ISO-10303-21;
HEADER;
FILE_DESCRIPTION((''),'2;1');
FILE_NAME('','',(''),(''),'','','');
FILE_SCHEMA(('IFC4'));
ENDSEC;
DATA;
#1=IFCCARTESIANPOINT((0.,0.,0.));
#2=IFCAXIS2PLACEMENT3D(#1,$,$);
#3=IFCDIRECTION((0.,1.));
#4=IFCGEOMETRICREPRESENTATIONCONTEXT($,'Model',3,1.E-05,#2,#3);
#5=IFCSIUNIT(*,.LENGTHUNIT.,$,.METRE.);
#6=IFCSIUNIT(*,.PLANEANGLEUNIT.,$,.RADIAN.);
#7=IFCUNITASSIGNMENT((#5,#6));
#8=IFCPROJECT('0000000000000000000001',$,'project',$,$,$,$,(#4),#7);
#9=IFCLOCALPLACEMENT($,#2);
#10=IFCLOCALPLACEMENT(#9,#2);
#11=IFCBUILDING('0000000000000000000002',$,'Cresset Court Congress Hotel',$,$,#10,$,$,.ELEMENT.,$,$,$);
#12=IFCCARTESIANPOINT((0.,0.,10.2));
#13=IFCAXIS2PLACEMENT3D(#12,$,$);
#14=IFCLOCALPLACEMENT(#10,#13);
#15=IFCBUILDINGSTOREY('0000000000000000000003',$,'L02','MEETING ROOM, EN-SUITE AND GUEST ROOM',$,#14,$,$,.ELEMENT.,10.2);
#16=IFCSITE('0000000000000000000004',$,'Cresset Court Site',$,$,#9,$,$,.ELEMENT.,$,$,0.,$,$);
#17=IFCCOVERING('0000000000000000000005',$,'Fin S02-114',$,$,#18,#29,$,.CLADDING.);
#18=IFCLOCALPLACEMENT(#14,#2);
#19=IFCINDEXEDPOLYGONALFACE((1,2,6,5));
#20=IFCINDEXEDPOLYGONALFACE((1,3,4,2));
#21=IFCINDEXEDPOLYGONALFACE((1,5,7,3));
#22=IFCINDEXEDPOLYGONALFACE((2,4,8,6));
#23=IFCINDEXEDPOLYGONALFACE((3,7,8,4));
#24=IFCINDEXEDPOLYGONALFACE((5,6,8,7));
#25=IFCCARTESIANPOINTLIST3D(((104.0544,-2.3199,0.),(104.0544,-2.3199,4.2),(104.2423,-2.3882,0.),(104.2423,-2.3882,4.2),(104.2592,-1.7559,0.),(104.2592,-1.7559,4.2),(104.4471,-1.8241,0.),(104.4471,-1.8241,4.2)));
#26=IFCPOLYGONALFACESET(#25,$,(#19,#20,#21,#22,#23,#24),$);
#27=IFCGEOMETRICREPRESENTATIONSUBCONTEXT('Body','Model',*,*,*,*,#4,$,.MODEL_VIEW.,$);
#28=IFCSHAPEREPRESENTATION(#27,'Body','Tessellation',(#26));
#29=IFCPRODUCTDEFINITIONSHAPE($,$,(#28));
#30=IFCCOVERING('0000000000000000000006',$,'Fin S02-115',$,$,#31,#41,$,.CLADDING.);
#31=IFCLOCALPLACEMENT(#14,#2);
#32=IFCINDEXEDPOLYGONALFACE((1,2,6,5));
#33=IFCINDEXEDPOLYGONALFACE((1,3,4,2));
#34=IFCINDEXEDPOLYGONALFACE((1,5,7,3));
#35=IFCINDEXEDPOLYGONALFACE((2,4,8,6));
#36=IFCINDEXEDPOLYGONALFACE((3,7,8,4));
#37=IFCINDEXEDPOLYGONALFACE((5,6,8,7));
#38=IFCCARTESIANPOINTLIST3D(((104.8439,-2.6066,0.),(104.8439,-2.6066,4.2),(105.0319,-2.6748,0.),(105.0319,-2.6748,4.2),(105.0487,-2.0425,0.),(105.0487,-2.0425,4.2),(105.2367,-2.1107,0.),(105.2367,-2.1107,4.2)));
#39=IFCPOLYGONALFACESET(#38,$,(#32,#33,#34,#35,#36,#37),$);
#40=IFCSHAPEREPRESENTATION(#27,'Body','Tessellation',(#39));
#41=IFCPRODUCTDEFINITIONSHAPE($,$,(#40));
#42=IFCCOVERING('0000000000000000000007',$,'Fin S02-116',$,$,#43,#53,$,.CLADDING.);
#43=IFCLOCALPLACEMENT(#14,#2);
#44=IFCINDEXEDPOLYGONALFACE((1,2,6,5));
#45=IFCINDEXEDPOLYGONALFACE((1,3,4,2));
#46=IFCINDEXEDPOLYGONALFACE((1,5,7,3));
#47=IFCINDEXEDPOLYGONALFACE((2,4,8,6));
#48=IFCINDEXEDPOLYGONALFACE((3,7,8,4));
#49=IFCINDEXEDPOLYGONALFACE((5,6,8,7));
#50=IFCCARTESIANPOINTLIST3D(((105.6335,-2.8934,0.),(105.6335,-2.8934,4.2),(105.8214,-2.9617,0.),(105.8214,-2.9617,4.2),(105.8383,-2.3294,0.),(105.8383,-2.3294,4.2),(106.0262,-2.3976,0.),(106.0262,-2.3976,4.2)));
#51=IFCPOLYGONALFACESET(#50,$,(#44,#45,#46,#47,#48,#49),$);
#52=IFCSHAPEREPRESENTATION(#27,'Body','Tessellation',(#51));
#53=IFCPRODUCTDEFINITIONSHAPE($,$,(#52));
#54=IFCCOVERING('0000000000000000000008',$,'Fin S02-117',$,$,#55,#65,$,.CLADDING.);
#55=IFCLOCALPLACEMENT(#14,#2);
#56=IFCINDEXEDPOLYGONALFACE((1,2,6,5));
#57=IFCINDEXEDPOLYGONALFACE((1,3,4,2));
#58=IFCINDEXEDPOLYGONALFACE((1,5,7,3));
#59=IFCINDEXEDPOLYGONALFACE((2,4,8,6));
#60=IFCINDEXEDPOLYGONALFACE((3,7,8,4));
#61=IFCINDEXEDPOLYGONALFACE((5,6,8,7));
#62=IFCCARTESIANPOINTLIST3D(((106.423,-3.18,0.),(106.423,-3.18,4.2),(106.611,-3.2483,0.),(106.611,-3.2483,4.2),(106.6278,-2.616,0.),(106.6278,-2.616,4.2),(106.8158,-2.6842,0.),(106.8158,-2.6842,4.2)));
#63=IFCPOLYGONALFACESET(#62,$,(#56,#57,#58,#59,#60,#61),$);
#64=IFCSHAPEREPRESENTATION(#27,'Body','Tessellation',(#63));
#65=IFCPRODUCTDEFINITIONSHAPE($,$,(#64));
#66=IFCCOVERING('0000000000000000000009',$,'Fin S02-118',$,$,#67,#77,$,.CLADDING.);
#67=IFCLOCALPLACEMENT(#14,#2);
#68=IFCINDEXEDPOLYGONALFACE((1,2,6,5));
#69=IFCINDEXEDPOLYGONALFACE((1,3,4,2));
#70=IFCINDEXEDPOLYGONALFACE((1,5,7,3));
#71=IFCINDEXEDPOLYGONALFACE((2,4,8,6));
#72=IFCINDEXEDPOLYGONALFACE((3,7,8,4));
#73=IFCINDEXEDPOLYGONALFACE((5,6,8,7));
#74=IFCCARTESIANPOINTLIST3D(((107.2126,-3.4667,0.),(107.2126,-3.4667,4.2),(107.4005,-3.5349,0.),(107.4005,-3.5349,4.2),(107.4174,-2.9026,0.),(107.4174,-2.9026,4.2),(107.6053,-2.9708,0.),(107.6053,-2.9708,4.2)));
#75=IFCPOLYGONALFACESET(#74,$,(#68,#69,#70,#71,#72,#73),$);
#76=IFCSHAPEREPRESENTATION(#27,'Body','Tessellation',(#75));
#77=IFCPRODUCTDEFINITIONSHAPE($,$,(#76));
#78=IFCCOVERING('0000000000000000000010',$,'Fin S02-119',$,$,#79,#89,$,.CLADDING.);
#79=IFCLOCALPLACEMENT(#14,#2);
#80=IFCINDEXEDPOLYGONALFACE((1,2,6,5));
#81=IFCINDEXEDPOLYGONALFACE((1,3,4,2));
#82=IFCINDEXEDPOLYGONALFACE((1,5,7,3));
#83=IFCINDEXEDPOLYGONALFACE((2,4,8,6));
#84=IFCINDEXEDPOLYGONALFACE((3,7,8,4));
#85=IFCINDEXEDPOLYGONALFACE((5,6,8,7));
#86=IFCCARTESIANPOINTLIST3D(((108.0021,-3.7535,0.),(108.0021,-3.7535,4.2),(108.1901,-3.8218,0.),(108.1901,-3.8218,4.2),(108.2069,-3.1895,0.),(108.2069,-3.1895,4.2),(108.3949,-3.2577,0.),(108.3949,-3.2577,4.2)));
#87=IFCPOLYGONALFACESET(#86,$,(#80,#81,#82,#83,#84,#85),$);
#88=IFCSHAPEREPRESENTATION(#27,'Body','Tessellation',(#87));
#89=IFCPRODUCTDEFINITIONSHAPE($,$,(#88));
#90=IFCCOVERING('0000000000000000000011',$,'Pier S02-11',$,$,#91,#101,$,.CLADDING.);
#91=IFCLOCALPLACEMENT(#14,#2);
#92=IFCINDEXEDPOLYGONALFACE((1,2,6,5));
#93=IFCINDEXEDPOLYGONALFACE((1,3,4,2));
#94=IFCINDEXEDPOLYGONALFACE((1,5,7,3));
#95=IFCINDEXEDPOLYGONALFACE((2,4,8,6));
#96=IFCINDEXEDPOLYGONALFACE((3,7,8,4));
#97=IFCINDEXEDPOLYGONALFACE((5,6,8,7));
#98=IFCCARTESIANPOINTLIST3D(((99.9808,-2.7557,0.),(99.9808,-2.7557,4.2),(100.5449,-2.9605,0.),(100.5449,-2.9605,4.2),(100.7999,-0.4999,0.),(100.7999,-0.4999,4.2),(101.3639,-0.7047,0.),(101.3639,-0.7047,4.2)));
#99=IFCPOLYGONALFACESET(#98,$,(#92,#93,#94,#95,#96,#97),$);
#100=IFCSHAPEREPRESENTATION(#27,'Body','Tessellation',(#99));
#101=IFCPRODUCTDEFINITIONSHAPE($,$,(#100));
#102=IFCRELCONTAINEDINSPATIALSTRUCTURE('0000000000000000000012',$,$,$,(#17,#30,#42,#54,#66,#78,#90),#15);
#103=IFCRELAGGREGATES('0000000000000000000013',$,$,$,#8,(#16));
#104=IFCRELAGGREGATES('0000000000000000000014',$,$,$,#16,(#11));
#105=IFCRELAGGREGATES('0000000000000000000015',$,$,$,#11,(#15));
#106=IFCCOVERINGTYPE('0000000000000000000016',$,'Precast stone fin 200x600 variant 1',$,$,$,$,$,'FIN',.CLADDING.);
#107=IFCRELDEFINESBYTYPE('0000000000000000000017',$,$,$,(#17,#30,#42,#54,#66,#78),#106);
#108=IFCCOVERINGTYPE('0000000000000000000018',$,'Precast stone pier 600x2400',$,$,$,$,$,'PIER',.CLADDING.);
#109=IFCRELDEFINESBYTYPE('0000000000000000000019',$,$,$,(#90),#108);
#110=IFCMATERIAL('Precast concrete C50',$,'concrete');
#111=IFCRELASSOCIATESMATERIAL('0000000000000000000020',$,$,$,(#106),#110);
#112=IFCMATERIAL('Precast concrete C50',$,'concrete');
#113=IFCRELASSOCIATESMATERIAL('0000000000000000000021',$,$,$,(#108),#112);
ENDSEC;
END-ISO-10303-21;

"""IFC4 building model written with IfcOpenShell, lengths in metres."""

from ifc_helpers import new_model, si_unit, direction, frame, origin, origin_2d, place, context, subcontext, project, spatial, rectangle, extrude, material, type_object, element, save


model = new_model("IFC4")

# Units and contexts
model_context = context("Model", 3, precision=1e-05, world=origin(), true_north=direction((0.0, 1.0)))
body_context = subcontext(model_context, "Body", "Model", "MODEL_VIEW")
ifc_project = project(units=[si_unit("LENGTHUNIT", "METRE"), si_unit("PLANEANGLEUNIT", "RADIAN")], contexts=[model_context])

# Site, building, storey
site_placement = place(None, origin())
site = spatial("IfcSite", under=ifc_project, at=site_placement, Name="Cresset Court Site", CompositionType="ELEMENT", RefElevation=0.0)
building_placement = place(site_placement, origin())
building = spatial("IfcBuilding", under=site, at=building_placement, Name="Cresset Court Congress Hotel", CompositionType="ELEMENT")
storey_placement = place(building_placement, frame((0.0, 0.0, 10.2)))
storey = spatial("IfcBuildingStorey", under=building, at=storey_placement, Name="L02", Description="MEETING ROOM, EN-SUITE AND GUEST ROOM", CompositionType="ELEMENT", Elevation=10.2)

# Coverings
ifc_material_1 = material(Name="Precast concrete C50", Category="concrete")
covering_type_1 = type_object("IfcCoveringType", Name="Precast stone fin 200x600 variant 1", ElementType="FIN", PredefinedType="CLADDING", material=ifc_material_1)
for number, where, z_axis, x_axis, name in (
    (1, (104.2507, -2.072, 0.0), (0.0, 0.0, 1.0), (0.939957, -0.341293, 0.0), "Fin S02-114"),
    (2, (105.0403, -2.3586, 0.0), (0.0, 0.0, 1.0), (0.939957, -0.341293, 0.0), "Fin S02-115"),
    (3, (105.8298, -2.6455, 0.0), (0.0, 0.0, 1.0), (0.939957, -0.341293, 0.0), "Fin S02-116"),
    (4, (106.6194, -2.9321, 0.0), (0.0, 0.0, 1.0), (0.939957, -0.341293, 0.0), "Fin S02-117"),
    (5, (107.4089, -3.2188, 0.0), (0.0, 0.0, 1.0), (0.939957, -0.341293, 0.0), "Fin S02-118"),
    (6, (108.1985, -3.5056, 0.0), (0.0, 0.0, 1.0), (0.939957, -0.341293, 0.0), "Fin S02-119"),
):
    element("IfcCovering", number, at=place(storey_placement, frame(where, z_axis=z_axis, x_axis=x_axis)), inside=storey, type_object=covering_type_1, Name=name, PredefinedType="CLADDING", context=body_context, shape_type="SweptSolid", body=[
        extrude(rectangle(XDim=0.2, YDim=0.6001, at=origin_2d()), origin(), (0.0, 0.0, 1.0), 4.2),
    ])
ifc_material_2 = material(Name="Precast concrete C50", Category="concrete")
covering_type_2 = type_object("IfcCoveringType", Name="Precast stone pier 600x2400", ElementType="PIER", PredefinedType="CLADDING", material=ifc_material_2)
covering_placement = place(storey_placement, frame((100.6724, -1.7302, 0.0), z_axis=(0.0, 0.0, 1.0), x_axis=(0.939957, -0.341293, 0.0)))
element("IfcCovering", 7, at=covering_placement, inside=storey, type_object=covering_type_2, Name="Pier S02-11", PredefinedType="CLADDING", context=body_context, shape_type="SweptSolid", body=[
    extrude(rectangle(XDim=0.6001, YDim=2.3999, at=origin_2d()), origin(), (0.0, 0.0, 1.0), 4.2),
])

save(model, "model.ifc")
